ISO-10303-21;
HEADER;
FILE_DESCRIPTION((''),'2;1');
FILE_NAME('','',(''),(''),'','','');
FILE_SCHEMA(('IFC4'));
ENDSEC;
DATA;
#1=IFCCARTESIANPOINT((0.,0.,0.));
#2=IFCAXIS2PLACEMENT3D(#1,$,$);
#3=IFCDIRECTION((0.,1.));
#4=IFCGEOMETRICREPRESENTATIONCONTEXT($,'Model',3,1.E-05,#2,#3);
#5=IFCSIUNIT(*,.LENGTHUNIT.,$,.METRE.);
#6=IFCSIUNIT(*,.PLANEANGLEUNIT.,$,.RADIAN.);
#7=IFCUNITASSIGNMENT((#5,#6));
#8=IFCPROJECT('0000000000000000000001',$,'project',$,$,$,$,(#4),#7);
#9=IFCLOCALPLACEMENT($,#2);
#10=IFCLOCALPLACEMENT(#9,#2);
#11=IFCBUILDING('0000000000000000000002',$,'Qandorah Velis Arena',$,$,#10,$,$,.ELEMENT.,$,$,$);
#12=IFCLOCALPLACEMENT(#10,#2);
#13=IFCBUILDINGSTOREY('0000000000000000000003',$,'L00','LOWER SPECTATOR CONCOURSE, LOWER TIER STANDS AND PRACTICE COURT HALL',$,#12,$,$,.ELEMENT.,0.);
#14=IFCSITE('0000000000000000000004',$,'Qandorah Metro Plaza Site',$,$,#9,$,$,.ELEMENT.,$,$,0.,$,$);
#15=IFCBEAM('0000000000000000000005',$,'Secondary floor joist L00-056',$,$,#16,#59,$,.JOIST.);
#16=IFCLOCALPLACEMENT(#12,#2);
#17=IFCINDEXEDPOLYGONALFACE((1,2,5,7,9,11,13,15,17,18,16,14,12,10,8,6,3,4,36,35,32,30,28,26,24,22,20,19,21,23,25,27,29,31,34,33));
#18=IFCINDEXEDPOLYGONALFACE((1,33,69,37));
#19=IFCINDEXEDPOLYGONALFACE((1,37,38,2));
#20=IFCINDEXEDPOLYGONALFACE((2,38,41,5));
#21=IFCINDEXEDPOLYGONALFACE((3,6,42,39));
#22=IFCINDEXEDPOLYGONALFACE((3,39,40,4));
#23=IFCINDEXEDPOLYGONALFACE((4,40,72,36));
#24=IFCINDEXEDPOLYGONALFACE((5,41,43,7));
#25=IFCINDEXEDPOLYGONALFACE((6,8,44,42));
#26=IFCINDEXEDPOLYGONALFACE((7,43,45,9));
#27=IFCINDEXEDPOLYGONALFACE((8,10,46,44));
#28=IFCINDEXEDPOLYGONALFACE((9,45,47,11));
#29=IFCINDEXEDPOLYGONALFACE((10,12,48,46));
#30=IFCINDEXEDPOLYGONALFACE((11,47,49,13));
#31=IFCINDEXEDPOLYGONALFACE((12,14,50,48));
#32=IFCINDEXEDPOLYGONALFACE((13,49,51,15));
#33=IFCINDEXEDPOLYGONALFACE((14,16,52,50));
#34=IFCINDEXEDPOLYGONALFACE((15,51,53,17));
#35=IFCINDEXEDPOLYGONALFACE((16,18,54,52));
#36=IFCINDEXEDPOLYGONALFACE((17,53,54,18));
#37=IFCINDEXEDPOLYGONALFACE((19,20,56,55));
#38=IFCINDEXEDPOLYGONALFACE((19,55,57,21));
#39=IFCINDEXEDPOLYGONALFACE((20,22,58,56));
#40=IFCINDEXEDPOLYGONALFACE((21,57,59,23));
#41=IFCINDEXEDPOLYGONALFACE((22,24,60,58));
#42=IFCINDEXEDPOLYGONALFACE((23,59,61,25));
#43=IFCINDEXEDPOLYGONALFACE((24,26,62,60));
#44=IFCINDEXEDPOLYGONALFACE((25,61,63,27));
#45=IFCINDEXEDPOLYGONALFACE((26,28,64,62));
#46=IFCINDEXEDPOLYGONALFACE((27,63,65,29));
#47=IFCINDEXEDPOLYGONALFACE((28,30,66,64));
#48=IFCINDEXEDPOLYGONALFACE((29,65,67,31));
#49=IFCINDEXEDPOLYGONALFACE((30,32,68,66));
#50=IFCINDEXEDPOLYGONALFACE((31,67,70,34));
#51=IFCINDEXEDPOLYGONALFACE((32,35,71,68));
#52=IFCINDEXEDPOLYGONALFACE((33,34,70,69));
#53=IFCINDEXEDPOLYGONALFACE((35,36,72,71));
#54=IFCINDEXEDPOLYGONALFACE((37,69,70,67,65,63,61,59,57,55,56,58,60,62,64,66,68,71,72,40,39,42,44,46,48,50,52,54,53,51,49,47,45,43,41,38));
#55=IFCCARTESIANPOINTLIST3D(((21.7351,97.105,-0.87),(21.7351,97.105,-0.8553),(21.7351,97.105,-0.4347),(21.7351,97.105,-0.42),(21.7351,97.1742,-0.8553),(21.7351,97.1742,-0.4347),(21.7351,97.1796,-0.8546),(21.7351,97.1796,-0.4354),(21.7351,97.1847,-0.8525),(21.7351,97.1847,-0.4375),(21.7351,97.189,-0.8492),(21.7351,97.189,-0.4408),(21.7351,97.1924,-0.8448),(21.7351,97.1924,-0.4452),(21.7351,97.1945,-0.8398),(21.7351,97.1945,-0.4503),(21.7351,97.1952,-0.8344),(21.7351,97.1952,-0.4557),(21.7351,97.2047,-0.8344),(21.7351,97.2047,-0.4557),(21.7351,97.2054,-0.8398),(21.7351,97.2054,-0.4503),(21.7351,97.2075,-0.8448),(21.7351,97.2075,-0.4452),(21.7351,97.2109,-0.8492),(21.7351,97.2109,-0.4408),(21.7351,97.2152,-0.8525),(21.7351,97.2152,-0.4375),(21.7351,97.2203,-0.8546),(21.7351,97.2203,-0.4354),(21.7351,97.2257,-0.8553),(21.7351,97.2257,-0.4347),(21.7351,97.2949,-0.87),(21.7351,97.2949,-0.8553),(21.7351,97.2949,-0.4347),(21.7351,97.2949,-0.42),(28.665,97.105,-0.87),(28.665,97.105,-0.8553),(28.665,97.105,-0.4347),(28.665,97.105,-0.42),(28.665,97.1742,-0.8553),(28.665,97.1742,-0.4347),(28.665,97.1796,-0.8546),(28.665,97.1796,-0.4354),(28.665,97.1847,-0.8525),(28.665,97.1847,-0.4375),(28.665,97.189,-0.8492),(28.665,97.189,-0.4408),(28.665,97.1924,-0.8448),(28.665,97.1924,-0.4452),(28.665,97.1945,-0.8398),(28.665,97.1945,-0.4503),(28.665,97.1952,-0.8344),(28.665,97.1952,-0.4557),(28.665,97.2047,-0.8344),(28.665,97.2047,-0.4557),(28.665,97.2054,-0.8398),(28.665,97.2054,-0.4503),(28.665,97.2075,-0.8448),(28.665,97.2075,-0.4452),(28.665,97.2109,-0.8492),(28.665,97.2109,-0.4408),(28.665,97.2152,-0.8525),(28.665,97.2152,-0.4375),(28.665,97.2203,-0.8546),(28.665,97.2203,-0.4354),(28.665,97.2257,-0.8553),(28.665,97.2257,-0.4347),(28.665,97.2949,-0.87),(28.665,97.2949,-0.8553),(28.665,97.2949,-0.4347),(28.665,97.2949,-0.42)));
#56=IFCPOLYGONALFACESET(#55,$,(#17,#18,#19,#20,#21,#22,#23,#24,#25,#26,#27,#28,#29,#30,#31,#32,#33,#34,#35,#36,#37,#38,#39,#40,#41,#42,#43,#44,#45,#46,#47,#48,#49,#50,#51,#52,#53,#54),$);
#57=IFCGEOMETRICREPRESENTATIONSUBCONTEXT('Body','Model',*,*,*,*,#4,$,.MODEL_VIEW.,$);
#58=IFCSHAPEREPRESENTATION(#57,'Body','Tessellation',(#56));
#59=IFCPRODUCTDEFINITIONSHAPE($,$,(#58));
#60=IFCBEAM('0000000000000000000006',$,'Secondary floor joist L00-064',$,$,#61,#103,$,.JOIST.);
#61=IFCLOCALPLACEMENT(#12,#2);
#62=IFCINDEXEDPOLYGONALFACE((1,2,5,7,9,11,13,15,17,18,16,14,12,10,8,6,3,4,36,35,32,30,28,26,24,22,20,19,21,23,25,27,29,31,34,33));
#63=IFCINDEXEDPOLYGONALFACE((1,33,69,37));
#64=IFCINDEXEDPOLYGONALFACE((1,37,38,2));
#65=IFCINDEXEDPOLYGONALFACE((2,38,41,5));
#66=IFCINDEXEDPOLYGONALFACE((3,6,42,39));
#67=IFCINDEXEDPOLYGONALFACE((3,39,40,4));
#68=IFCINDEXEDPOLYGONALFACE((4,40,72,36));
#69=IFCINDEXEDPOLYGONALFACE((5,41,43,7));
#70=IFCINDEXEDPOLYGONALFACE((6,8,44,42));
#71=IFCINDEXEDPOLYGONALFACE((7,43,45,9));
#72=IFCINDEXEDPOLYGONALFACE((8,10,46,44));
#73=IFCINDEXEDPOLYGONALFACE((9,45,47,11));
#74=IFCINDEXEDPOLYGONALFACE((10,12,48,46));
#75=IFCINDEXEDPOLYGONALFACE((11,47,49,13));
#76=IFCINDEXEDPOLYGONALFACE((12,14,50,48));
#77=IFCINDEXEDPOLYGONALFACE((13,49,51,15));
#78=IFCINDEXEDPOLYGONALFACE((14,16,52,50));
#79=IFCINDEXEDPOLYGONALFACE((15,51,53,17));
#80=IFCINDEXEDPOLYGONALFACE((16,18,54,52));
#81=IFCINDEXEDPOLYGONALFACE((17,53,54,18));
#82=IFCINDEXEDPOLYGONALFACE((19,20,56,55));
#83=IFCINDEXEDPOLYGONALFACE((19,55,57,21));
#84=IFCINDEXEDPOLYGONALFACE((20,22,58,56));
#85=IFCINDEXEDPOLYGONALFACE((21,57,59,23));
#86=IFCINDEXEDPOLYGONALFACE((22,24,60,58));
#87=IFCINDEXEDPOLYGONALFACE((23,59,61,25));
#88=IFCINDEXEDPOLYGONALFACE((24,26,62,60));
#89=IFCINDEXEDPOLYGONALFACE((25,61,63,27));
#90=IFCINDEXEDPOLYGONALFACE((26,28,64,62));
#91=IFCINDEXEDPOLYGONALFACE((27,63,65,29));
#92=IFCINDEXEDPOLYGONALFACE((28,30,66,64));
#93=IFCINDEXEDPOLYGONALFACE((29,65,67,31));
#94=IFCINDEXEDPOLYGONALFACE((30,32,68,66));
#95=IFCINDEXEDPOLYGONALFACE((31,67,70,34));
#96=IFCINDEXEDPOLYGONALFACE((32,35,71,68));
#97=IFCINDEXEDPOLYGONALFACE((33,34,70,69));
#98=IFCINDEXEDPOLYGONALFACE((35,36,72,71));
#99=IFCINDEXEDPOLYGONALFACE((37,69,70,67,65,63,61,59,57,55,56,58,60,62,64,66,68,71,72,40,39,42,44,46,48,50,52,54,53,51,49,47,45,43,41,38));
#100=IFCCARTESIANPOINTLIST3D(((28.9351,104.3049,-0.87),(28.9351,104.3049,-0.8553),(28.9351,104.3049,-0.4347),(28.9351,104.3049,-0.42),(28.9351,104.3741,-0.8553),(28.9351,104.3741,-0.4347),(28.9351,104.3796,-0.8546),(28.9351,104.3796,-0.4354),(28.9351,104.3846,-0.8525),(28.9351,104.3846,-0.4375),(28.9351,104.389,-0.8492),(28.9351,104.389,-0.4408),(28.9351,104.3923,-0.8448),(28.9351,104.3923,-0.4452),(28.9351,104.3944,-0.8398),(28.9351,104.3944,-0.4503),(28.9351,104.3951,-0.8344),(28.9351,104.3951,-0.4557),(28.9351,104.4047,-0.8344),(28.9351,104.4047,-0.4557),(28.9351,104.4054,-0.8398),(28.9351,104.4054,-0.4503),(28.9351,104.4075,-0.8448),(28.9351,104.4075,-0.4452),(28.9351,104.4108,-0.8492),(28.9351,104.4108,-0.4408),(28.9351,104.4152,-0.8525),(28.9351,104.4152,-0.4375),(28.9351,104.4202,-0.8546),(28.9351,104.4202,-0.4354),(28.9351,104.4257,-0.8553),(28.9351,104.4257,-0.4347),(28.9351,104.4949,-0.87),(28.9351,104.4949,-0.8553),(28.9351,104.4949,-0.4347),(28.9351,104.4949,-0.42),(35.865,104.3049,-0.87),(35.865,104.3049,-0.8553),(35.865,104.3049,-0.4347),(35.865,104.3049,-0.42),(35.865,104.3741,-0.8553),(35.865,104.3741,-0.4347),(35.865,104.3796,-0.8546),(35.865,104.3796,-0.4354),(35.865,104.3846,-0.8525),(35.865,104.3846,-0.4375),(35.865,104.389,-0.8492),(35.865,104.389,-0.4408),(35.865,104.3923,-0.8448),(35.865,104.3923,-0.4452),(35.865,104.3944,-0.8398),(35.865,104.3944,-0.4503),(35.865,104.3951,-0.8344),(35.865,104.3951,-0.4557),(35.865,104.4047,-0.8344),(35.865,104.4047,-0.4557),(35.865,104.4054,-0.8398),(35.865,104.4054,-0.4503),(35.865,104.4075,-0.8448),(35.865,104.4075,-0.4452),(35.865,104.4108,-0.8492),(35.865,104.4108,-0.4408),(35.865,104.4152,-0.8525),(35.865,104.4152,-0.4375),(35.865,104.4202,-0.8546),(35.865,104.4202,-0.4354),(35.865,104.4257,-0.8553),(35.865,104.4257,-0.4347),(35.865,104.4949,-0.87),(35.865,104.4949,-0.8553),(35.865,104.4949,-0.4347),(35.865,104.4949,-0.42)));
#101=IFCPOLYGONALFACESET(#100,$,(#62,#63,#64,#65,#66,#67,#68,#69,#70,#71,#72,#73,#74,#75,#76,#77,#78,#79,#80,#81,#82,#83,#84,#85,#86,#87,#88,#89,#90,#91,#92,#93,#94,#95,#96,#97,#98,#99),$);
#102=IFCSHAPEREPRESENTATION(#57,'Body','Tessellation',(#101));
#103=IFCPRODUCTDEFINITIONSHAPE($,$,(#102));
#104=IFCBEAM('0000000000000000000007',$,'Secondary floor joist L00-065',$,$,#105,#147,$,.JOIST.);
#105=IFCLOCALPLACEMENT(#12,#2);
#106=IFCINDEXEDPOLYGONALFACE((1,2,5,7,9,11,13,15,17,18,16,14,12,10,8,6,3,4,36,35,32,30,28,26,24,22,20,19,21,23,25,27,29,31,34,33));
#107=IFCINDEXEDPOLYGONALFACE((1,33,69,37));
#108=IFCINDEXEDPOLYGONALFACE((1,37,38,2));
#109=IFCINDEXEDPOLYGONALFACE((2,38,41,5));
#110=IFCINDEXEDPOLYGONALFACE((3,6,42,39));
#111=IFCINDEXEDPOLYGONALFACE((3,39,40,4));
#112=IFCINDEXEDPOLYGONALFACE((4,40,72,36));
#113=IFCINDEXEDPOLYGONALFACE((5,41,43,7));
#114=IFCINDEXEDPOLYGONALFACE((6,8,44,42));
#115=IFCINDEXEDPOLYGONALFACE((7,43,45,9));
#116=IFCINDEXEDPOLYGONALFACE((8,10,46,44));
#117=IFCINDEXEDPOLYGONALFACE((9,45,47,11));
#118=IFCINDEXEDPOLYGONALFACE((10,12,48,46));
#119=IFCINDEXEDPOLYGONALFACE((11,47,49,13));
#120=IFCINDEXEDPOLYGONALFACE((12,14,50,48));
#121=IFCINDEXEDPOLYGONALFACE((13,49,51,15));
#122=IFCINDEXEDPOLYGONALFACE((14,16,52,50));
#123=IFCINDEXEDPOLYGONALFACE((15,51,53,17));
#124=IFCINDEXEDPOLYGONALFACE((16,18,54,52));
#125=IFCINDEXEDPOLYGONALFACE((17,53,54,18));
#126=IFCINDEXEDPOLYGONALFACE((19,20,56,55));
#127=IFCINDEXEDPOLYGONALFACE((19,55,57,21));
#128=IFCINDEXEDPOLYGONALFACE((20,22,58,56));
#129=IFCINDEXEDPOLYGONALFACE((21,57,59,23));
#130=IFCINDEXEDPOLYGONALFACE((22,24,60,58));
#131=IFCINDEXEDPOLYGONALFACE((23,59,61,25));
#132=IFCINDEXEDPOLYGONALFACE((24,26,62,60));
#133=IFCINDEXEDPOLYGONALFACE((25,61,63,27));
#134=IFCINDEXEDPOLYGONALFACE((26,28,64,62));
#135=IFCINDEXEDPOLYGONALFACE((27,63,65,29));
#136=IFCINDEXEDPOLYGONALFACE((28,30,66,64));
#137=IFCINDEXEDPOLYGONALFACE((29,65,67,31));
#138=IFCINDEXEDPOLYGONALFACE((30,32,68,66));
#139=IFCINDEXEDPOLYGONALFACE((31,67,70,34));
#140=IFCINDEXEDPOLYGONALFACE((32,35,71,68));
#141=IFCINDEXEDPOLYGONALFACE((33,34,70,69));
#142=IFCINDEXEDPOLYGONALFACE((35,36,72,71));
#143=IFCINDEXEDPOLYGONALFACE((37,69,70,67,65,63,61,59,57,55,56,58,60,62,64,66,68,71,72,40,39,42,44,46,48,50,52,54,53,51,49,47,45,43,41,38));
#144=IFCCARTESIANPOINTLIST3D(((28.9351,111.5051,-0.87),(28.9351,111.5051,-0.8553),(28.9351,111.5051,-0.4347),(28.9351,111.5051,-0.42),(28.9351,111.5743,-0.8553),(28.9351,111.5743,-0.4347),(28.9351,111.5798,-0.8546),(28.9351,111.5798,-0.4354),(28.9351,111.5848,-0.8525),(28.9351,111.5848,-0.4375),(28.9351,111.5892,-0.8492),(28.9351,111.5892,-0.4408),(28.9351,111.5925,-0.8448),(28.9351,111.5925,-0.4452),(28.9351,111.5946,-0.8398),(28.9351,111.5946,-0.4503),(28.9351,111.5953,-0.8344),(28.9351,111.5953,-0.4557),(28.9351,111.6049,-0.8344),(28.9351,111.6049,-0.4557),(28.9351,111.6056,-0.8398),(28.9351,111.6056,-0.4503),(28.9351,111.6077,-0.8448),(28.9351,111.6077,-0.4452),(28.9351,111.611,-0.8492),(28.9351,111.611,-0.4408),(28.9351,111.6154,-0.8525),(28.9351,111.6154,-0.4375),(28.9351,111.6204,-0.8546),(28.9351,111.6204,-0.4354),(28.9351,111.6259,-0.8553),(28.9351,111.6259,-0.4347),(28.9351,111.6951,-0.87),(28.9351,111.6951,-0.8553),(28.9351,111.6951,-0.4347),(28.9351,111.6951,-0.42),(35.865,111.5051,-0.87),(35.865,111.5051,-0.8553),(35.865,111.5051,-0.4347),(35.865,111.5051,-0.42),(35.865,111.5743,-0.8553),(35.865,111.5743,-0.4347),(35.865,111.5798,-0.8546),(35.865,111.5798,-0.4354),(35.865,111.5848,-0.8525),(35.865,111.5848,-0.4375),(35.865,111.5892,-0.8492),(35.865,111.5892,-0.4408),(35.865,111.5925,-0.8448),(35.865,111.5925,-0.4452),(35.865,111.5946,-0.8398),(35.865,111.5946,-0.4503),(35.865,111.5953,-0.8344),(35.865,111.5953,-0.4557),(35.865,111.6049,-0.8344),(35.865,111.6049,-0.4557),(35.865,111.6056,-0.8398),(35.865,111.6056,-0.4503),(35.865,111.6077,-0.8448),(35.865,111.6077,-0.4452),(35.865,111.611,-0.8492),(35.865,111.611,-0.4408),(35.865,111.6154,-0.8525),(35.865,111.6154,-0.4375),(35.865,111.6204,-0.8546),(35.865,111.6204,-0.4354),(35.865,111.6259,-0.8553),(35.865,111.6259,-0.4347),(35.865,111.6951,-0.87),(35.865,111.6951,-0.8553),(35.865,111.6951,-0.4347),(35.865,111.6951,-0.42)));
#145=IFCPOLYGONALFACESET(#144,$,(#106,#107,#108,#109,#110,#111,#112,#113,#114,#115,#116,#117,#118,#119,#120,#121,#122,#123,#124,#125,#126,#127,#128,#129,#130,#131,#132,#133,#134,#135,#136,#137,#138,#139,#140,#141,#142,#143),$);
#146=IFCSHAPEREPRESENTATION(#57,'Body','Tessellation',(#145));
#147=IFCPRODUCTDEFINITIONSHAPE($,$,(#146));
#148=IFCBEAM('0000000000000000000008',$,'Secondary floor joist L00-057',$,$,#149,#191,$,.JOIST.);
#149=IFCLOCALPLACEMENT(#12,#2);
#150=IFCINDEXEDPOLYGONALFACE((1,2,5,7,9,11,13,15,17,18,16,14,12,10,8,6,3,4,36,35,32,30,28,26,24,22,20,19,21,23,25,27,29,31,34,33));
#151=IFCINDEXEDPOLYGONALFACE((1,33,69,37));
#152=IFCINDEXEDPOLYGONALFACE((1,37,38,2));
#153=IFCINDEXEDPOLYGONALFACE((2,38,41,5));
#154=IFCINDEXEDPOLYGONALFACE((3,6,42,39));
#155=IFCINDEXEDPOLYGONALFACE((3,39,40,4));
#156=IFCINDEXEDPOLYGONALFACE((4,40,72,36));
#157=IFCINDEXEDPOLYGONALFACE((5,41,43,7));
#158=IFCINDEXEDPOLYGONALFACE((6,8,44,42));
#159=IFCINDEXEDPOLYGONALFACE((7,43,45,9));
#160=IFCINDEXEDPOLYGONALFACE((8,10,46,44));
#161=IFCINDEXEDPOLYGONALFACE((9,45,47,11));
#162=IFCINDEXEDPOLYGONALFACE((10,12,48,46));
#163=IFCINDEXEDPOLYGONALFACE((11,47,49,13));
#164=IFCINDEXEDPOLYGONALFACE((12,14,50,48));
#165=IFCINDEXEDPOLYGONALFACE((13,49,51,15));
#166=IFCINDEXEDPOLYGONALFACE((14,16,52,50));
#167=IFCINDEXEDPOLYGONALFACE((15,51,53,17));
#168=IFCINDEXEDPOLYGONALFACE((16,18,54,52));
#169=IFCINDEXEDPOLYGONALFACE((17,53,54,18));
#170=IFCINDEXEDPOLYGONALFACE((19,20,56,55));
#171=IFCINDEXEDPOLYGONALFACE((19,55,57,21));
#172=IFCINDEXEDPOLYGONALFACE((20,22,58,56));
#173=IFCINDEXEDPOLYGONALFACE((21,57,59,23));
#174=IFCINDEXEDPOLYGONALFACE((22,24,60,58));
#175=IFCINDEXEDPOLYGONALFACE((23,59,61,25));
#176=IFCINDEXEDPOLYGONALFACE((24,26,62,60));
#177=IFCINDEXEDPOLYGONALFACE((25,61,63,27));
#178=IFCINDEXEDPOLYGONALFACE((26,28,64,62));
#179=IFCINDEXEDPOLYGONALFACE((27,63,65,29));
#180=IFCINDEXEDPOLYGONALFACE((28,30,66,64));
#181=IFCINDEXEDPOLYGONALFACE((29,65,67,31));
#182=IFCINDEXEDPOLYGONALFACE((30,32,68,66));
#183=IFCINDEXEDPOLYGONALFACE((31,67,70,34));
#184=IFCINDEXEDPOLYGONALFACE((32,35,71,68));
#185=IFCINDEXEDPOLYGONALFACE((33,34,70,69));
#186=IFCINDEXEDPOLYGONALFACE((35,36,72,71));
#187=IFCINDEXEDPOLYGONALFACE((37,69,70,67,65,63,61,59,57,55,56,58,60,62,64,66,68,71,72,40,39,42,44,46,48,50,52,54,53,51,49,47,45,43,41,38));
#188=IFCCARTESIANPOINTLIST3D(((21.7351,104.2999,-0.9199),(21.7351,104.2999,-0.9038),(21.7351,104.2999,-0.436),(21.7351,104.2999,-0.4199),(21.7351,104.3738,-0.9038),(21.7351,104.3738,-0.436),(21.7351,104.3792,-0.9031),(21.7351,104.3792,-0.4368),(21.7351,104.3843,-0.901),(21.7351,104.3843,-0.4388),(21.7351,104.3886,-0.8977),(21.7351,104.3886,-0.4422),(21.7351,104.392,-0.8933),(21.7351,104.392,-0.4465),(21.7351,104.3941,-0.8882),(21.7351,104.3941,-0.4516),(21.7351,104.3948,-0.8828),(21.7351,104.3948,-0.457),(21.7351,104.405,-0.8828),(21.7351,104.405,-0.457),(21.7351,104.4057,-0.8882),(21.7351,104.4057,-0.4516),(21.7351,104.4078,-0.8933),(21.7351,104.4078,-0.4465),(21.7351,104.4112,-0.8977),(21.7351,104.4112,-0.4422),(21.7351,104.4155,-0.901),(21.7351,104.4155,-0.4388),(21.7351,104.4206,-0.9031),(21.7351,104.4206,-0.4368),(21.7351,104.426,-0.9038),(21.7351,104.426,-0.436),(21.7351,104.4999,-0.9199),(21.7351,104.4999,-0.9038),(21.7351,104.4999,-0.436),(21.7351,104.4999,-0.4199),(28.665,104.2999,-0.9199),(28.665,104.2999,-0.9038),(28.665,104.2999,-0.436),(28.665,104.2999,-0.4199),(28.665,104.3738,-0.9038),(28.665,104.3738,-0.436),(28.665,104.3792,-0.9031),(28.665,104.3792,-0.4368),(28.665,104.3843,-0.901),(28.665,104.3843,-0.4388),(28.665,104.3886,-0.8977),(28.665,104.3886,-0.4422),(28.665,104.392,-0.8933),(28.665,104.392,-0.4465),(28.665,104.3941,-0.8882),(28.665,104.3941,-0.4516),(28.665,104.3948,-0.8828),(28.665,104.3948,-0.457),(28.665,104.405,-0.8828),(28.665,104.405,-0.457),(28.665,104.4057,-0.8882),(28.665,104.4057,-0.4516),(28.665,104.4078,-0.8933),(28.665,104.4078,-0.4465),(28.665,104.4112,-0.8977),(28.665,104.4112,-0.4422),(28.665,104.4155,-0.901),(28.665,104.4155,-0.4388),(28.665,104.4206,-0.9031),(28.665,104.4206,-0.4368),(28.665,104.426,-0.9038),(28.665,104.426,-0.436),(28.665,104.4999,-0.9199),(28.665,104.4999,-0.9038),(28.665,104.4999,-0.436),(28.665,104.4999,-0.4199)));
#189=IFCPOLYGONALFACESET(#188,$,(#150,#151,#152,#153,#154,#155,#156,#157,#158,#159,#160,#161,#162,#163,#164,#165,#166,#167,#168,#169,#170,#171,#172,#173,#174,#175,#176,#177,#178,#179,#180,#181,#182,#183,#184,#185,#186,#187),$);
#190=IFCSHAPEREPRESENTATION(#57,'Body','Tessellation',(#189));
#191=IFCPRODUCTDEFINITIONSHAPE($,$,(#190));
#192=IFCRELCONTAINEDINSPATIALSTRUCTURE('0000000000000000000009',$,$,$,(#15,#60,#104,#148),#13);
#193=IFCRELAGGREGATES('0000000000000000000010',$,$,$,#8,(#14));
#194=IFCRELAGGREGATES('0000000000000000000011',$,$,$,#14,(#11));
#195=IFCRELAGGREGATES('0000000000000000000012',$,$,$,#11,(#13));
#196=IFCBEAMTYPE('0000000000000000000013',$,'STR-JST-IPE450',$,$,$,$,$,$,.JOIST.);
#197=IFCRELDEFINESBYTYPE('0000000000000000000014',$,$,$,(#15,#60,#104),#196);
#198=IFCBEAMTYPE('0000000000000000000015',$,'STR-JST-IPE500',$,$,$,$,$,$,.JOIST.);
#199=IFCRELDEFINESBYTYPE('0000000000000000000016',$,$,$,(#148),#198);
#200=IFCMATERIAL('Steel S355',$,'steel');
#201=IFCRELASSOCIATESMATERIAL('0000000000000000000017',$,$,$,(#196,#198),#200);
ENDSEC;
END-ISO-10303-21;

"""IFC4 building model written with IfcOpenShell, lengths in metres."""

from ifc_helpers import new_model, si_unit, direction, frame, origin, origin_2d, place, context, subcontext, project, spatial, i_section, extrude, material, material_profile, profile_set, type_object, element, save


model = new_model("IFC4")

# Units and contexts
model_context = context("Model", 3, precision=1e-05, world=origin(), true_north=direction((0.0, 1.0)))
body_context = subcontext(model_context, "Body", "Model", "MODEL_VIEW")
ifc_project = project(units=[si_unit("LENGTHUNIT", "METRE"), si_unit("PLANEANGLEUNIT", "RADIAN")], contexts=[model_context])

# Site, building, storey
site_placement = place(None, origin())
site = spatial("IfcSite", under=ifc_project, at=site_placement, Name="Qandorah Metro Plaza Site", CompositionType="ELEMENT", RefElevation=0.0)
building_placement = place(site_placement, origin())
building = spatial("IfcBuilding", under=site, at=building_placement, Name="Qandorah Velis Arena", CompositionType="ELEMENT")
storey_placement = place(building_placement, origin())
storey = spatial("IfcBuildingStorey", under=building, at=storey_placement, Name="L00", Description="LOWER SPECTATOR CONCOURSE, LOWER TIER STANDS AND PRACTICE COURT HALL", CompositionType="ELEMENT", Elevation=0.0)

# Beams
ifc_material_1 = material(Name="Steel S355", Category="steel")
ifc_material_profile_1 = material_profile(ifc_material_1, i_section(OverallWidth=0.1899, OverallDepth=0.45, WebThickness=0.0095, FlangeThickness=0.0146, FilletRadius=0.021, at=origin_2d()), Name="IPE 450")
ifc_profile_set_1 = profile_set([ifc_material_profile_1], Name="Steel S355")
beam_type_1 = type_object("IfcBeamType", Name="STR-JST-IPE450", PredefinedType="JOIST", material=ifc_profile_set_1)
for number, where, z_axis, x_axis, name in (
    (1, (21.7351, 97.2, -0.645), (1.0, 0.0, 0.0), (0.0, 1.0, 0.0), "Secondary floor joist L00-056"),
    (2, (28.9351, 104.3999, -0.645), (1.0, 0.0, 0.0), (0.0, 1.0, 0.0), "Secondary floor joist L00-064"),
    (3, (28.9351, 111.6001, -0.645), (1.0, 0.0, 0.0), (0.0, 1.0, 0.0), "Secondary floor joist L00-065"),
):
    element("IfcBeam", number, at=place(storey_placement, frame(where, z_axis=z_axis, x_axis=x_axis)), inside=storey, type_object=beam_type_1, Name=name, PredefinedType="JOIST", context=body_context, shape_type="SweptSolid", body=[
        extrude(i_section(OverallWidth=0.1899, OverallDepth=0.45, WebThickness=0.0095, FlangeThickness=0.0146, FilletRadius=0.021, at=origin_2d()), origin(), (0.0, 0.0, 1.0), 6.9299),
    ])
ifc_material_profile_2 = material_profile(ifc_material_1, i_section(OverallWidth=0.2, OverallDepth=0.5, WebThickness=0.0103, FlangeThickness=0.0161, FilletRadius=0.021, at=origin_2d()), Name="IPE 500")
ifc_profile_set_2 = profile_set([ifc_material_profile_2], Name="Steel S355")
beam_type_2 = type_object("IfcBeamType", Name="STR-JST-IPE500", PredefinedType="JOIST", material=ifc_profile_set_2)
beam_1_placement = place(storey_placement, frame((21.7351, 104.3999, -0.6699), z_axis=(1.0, 0.0, 0.0), x_axis=(0.0, 1.0, 0.0)))
element("IfcBeam", 4, at=beam_1_placement, inside=storey, type_object=beam_type_2, Name="Secondary floor joist L00-057", PredefinedType="JOIST", context=body_context, shape_type="SweptSolid", body=[
    extrude(i_section(OverallWidth=0.2, OverallDepth=0.5, WebThickness=0.0103, FlangeThickness=0.0161, FilletRadius=0.021, at=origin_2d()), origin(), (0.0, 0.0, 1.0), 6.9299),
])

save(model, "model.ifc")
